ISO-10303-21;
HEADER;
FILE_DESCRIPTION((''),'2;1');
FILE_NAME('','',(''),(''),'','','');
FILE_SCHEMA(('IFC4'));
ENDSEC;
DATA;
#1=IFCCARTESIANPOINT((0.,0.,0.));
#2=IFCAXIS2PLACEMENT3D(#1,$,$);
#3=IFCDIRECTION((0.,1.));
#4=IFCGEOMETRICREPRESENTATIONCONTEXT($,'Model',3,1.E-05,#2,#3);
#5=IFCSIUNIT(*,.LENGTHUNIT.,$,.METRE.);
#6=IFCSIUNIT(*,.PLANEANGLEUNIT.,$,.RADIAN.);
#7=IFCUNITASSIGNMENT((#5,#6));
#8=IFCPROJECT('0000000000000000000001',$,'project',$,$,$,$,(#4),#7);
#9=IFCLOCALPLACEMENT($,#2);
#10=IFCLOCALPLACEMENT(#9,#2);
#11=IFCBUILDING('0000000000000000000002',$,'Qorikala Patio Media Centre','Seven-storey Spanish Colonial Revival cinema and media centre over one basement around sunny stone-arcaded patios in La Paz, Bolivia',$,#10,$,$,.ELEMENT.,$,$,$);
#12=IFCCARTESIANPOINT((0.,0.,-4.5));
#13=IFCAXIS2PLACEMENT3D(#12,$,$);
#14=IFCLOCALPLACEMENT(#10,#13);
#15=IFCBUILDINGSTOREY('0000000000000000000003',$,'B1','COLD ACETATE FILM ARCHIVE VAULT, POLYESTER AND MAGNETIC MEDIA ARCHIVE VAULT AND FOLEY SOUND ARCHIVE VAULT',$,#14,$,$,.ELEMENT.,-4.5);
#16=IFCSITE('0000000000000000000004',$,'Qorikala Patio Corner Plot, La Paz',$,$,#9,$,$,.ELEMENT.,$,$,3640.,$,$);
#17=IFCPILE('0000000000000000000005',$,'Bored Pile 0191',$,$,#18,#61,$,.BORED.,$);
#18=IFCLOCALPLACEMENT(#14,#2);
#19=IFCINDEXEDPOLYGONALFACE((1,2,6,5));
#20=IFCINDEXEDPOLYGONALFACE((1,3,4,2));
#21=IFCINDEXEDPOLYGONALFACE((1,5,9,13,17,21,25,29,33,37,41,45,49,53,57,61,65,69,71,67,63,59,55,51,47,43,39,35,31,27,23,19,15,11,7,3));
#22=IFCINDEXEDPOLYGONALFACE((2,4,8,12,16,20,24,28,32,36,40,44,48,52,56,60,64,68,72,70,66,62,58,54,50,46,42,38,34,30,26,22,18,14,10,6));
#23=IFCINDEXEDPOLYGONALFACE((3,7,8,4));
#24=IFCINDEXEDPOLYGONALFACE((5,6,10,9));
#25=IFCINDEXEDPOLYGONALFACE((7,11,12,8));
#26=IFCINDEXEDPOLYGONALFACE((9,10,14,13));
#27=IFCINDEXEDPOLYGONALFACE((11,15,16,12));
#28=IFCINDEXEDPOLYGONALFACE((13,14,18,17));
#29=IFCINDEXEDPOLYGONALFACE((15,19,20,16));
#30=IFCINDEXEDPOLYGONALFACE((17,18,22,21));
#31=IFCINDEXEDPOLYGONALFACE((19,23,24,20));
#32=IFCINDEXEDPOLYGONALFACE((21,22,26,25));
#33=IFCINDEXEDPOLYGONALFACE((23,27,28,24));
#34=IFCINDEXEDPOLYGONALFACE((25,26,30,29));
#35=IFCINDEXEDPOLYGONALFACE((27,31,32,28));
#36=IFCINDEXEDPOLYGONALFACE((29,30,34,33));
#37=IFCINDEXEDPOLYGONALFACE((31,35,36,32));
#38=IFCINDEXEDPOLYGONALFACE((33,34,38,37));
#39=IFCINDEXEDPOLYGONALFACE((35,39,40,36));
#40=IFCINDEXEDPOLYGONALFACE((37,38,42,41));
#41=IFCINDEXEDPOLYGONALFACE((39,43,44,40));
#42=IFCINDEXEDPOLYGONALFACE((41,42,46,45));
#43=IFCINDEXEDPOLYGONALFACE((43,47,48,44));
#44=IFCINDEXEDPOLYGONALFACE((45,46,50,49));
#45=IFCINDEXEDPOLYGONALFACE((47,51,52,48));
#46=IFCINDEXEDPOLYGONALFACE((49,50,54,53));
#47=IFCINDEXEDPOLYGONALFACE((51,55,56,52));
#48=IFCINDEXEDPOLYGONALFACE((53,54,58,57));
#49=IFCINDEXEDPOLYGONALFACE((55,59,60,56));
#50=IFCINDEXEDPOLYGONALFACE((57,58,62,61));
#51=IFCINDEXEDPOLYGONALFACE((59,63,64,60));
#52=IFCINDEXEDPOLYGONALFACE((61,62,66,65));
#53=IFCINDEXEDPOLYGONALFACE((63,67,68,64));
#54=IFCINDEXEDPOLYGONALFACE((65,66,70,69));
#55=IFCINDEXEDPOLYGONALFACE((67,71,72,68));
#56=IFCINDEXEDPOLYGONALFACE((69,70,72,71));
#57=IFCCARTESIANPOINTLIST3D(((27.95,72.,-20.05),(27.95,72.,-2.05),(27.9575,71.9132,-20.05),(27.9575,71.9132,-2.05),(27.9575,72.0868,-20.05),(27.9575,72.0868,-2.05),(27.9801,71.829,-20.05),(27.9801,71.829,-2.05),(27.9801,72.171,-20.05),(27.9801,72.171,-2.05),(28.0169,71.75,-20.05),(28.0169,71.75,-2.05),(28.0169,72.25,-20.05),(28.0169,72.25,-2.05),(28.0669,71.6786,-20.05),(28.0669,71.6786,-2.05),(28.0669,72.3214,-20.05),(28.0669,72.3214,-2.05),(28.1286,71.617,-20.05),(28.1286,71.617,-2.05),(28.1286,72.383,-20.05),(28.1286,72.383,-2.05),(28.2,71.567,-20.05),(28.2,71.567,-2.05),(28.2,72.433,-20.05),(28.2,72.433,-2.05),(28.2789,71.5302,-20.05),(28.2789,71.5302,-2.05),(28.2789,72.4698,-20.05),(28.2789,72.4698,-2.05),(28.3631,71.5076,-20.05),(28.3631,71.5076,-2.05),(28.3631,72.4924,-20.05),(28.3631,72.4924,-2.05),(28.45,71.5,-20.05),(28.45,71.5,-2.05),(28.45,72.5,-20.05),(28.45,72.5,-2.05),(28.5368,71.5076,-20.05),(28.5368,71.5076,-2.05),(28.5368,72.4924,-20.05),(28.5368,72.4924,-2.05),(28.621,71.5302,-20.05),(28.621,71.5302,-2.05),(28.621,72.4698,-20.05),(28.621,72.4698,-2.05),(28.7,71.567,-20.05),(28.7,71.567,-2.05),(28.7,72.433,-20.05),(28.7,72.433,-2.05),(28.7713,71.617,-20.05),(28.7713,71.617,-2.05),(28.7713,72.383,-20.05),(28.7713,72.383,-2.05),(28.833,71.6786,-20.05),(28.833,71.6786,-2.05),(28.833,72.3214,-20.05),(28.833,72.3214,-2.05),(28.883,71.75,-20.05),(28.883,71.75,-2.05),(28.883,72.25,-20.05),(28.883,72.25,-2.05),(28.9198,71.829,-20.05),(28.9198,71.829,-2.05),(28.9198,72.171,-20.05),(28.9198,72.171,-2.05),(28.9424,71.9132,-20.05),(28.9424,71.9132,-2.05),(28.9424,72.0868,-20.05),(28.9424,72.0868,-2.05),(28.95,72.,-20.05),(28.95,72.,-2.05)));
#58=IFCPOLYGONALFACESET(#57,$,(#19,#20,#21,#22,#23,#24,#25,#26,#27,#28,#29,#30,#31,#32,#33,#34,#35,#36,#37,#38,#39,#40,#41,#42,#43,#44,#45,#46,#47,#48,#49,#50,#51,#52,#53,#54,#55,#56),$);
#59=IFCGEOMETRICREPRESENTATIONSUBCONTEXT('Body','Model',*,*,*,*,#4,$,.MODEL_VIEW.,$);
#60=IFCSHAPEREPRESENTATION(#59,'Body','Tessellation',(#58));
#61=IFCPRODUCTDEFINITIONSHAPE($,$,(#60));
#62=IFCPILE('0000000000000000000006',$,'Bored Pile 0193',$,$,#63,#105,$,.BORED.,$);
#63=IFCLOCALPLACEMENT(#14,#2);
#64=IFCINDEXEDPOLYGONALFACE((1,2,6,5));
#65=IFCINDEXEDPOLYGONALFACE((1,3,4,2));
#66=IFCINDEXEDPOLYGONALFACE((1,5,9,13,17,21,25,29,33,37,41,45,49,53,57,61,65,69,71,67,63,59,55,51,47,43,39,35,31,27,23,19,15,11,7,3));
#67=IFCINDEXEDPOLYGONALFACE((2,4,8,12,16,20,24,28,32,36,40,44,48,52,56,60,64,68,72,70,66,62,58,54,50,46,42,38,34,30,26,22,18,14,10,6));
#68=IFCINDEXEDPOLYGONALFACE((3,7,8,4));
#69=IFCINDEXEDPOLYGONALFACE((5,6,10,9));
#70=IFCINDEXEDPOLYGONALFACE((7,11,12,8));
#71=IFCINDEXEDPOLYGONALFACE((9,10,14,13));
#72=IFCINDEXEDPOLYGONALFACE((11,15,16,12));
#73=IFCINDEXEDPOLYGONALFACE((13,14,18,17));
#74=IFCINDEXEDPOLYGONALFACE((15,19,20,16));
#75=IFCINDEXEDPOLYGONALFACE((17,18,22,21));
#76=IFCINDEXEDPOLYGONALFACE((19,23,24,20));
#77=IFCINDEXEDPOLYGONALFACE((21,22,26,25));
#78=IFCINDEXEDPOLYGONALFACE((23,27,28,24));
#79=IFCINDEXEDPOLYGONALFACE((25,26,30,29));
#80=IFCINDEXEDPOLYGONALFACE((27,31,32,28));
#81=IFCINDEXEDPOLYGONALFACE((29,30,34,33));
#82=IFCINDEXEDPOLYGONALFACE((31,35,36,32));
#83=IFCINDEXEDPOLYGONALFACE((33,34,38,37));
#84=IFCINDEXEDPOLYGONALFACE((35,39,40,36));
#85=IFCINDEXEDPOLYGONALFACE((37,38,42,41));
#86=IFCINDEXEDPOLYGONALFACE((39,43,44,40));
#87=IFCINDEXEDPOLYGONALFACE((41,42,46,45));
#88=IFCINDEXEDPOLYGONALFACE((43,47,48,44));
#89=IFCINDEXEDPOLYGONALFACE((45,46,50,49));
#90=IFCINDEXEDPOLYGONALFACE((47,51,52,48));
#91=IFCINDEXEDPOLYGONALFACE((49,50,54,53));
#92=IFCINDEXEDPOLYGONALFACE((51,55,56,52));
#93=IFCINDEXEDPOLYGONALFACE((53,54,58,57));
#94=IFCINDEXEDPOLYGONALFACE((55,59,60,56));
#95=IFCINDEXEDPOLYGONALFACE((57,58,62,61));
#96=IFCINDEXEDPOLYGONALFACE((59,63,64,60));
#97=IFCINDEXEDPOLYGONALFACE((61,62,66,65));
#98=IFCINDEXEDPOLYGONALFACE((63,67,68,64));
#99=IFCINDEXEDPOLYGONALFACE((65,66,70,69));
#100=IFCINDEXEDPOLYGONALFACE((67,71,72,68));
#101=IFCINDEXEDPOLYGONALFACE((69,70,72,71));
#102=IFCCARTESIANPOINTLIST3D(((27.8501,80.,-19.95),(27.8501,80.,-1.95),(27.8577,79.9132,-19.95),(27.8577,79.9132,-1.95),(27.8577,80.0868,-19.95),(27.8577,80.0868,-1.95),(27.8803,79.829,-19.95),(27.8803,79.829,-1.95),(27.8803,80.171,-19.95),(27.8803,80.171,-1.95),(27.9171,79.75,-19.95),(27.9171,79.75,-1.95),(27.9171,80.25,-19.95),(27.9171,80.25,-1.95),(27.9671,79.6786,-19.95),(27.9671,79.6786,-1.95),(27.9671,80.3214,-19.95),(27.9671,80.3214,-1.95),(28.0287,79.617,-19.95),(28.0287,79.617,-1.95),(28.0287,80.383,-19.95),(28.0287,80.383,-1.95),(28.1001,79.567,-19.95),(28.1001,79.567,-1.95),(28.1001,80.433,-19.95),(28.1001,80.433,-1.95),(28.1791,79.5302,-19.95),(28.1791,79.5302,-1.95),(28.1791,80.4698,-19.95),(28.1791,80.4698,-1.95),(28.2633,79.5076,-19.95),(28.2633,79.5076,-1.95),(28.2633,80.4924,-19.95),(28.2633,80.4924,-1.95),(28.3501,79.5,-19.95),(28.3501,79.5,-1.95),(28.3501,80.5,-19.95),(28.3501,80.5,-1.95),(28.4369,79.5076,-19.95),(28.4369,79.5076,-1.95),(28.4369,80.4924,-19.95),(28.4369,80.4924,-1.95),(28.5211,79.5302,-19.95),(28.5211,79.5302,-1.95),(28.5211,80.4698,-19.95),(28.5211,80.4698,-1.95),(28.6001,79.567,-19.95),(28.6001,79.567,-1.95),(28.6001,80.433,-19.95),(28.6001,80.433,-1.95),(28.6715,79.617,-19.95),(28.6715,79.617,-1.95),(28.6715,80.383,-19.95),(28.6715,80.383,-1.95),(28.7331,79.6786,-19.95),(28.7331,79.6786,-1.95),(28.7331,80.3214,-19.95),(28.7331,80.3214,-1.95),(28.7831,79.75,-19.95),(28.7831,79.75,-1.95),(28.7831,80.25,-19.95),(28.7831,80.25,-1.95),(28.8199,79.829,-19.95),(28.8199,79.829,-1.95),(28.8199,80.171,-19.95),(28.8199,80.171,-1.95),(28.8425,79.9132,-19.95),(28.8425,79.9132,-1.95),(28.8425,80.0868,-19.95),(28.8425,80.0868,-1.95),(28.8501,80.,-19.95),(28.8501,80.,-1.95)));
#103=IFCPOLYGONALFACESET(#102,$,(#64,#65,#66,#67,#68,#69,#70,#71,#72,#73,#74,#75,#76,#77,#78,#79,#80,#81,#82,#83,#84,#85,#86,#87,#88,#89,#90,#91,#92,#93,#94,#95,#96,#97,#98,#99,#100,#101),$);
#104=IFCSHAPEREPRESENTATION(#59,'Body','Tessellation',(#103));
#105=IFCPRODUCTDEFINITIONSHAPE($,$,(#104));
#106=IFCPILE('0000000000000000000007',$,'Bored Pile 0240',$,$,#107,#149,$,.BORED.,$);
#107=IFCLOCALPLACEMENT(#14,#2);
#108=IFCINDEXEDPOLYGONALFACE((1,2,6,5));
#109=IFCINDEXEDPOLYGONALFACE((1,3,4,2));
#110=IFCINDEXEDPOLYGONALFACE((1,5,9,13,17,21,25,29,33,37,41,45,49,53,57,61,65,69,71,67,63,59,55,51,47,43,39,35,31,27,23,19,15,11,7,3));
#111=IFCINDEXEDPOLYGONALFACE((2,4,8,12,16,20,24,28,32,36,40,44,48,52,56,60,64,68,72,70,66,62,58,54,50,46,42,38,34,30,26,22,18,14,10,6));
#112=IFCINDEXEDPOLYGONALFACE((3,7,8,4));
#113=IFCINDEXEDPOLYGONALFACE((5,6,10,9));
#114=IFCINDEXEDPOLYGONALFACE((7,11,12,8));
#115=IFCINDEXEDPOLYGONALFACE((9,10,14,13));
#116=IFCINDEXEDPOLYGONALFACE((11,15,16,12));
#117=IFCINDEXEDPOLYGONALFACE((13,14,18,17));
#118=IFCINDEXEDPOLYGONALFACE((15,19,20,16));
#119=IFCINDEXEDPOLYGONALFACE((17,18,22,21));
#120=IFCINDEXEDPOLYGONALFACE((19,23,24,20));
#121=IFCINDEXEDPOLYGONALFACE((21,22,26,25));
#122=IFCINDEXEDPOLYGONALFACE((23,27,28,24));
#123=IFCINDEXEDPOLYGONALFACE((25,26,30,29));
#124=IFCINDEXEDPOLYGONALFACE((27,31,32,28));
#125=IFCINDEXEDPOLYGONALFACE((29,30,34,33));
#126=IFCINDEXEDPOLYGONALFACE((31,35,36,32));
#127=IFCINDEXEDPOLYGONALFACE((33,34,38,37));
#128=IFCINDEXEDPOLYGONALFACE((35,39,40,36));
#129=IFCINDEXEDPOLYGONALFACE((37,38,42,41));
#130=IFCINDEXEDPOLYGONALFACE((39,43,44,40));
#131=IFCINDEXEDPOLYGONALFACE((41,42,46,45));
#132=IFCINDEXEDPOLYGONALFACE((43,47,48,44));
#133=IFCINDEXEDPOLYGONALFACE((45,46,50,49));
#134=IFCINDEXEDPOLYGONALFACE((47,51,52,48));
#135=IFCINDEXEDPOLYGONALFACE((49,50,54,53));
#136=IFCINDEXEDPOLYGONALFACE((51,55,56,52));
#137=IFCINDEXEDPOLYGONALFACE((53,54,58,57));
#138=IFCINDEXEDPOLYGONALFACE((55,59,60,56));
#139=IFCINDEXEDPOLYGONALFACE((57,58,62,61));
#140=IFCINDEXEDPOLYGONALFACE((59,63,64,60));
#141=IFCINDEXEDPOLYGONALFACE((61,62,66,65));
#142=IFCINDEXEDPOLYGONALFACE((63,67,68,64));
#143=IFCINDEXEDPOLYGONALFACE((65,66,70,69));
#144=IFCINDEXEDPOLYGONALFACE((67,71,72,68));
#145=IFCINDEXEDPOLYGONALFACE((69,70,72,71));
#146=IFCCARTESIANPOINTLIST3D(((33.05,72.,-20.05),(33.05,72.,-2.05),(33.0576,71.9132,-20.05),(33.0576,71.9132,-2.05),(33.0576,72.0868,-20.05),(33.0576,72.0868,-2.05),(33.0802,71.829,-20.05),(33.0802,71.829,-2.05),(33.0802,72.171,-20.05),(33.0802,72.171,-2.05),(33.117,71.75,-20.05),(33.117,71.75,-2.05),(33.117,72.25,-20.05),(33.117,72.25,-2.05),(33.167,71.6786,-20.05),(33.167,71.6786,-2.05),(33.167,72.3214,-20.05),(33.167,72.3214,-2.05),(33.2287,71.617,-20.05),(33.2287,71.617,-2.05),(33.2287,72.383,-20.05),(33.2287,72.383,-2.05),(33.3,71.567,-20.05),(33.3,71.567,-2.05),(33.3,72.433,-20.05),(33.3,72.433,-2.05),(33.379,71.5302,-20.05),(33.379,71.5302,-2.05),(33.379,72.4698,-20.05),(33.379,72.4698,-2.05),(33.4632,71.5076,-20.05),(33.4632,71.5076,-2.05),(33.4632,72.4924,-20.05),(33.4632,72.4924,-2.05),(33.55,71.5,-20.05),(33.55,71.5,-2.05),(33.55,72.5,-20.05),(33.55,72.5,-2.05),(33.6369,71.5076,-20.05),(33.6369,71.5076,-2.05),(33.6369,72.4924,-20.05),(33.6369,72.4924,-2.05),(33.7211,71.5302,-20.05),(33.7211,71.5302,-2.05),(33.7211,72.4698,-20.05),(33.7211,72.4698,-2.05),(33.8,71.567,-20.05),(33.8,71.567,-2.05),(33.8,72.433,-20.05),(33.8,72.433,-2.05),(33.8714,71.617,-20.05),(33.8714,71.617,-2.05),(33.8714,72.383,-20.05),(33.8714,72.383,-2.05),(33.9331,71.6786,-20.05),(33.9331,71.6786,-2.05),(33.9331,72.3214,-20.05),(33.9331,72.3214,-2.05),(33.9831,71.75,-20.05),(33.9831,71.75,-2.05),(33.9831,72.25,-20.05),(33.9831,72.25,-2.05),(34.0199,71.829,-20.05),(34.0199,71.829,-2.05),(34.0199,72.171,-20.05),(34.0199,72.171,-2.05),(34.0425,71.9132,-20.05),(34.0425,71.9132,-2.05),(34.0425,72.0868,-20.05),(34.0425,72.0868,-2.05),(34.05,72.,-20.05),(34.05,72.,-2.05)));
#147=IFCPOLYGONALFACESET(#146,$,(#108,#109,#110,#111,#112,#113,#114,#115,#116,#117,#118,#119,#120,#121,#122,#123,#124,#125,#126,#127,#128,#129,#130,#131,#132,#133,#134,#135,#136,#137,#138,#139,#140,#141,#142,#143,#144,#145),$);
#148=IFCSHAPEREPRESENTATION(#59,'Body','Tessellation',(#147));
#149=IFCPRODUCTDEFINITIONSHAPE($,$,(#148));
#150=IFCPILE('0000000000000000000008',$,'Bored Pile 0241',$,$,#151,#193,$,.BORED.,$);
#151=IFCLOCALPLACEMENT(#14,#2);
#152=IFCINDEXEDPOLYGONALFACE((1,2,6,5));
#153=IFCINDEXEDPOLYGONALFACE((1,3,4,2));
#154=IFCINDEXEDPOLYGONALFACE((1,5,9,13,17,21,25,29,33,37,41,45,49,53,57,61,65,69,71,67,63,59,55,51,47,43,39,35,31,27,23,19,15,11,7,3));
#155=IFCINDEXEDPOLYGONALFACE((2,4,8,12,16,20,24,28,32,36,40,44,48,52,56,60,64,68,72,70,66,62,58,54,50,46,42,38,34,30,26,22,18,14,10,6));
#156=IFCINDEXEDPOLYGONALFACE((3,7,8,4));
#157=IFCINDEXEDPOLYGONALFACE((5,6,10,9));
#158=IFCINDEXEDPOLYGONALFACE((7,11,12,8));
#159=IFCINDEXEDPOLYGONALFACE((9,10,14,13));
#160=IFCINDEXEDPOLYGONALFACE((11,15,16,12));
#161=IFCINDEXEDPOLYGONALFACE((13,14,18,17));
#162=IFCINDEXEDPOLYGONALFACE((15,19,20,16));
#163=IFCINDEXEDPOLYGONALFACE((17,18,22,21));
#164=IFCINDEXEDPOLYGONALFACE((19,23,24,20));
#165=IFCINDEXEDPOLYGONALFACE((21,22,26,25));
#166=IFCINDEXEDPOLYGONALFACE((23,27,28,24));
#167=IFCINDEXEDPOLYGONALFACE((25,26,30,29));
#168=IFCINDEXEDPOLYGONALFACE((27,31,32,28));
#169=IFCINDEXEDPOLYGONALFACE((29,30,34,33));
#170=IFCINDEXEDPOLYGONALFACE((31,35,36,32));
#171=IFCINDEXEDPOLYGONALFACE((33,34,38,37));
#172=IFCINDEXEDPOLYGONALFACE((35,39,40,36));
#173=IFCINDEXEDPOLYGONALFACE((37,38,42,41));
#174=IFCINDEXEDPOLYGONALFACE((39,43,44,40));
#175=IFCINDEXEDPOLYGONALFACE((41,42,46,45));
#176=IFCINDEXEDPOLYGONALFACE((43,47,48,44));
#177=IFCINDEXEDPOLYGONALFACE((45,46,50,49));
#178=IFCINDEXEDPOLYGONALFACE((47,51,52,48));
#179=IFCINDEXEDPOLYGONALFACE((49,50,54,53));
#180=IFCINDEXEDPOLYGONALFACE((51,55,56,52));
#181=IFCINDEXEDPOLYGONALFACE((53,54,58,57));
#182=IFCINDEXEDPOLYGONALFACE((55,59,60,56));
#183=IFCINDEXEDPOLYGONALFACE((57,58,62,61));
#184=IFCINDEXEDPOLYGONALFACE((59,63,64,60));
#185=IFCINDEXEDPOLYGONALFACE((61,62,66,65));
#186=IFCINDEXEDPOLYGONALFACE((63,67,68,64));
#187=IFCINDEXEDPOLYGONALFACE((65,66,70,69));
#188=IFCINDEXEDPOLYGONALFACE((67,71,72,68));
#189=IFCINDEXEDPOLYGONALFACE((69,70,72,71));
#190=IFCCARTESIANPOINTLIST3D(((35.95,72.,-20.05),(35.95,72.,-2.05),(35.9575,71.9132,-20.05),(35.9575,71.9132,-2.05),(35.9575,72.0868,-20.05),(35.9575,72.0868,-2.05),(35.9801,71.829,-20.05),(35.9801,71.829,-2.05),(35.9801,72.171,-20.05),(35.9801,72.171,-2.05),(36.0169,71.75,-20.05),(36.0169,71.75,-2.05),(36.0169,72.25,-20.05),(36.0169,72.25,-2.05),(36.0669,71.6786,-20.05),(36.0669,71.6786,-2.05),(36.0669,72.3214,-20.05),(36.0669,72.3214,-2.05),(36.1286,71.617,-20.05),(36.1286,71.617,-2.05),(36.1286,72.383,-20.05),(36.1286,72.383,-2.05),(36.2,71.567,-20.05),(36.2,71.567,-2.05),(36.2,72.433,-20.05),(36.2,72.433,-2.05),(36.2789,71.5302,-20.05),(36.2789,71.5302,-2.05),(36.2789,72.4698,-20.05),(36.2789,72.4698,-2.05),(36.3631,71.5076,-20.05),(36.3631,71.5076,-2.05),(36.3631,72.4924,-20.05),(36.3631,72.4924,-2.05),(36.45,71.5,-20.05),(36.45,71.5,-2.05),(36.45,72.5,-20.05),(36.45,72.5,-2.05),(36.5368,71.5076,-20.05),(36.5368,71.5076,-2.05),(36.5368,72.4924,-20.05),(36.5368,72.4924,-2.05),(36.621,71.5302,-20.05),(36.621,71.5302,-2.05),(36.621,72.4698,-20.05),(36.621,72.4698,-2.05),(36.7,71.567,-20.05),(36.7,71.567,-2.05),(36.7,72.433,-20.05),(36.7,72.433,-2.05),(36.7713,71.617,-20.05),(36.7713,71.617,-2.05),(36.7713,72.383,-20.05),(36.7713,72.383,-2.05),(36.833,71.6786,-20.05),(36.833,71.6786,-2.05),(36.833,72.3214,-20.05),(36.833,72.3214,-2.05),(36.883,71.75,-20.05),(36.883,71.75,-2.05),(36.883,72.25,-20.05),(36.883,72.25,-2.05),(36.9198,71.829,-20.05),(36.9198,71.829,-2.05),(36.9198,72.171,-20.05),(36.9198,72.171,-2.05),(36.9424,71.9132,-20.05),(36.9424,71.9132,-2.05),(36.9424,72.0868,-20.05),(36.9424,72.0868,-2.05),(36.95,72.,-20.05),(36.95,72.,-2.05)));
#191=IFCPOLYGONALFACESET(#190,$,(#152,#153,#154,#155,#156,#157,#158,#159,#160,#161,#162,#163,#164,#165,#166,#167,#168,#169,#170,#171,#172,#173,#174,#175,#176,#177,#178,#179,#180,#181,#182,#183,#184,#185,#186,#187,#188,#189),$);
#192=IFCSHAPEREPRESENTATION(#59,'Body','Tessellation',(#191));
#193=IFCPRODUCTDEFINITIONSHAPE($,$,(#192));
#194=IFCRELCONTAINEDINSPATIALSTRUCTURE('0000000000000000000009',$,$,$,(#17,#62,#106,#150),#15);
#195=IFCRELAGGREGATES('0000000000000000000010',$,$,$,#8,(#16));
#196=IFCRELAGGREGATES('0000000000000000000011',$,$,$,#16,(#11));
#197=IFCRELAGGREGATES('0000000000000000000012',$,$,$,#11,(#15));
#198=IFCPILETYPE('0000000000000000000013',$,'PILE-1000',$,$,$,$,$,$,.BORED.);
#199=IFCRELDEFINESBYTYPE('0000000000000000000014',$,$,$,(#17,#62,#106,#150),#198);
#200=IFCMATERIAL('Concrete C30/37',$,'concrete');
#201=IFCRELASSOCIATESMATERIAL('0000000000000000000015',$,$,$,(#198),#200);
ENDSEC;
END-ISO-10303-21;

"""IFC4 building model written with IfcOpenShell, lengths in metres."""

from ifc_helpers import new_model, si_unit, direction, frame, origin, origin_2d, place, context, subcontext, project, spatial, circle, extrude, material, material_profile, profile_set, type_object, element, save


model = new_model("IFC4")

# Units and contexts
model_context = context("Model", 3, precision=1e-05, world=origin(), true_north=direction((0.0, 1.0)))
body_context = subcontext(model_context, "Body", "Model", "MODEL_VIEW")
ifc_project = project(units=[si_unit("LENGTHUNIT", "METRE"), si_unit("PLANEANGLEUNIT", "RADIAN")], contexts=[model_context])

# Site, building, storey
site_placement = place(None, origin())
site = spatial("IfcSite", under=ifc_project, at=site_placement, Name="Qorikala Patio Corner Plot, La Paz", CompositionType="ELEMENT", RefElevation=3640.0)
building_placement = place(site_placement, origin())
building = spatial("IfcBuilding", under=site, at=building_placement, Name="Qorikala Patio Media Centre", Description="Seven-storey Spanish Colonial Revival cinema and media centre over one basement around sunny stone-arcaded patios in La Paz, Bolivia", CompositionType="ELEMENT")
storey_placement = place(building_placement, frame((0.0, 0.0, -4.5)))
storey = spatial("IfcBuildingStorey", under=building, at=storey_placement, Name="B1", Description="COLD ACETATE FILM ARCHIVE VAULT, POLYESTER AND MAGNETIC MEDIA ARCHIVE VAULT AND FOLEY SOUND ARCHIVE VAULT", CompositionType="ELEMENT", Elevation=-4.5)

# Shared definitions
ifc_material_1 = material(Name="Concrete C30/37", Category="concrete")

# Piles
ifc_material_profile_1 = material_profile(ifc_material_1, circle(Radius=0.5, at=origin_2d()), Name="BORED PILE 1000")
ifc_profile_set_1 = profile_set([ifc_material_profile_1], Name="Concrete C30/37")
pile_type_1 = type_object("IfcPileType", Name="PILE-1000", PredefinedType="BORED", material=ifc_profile_set_1)
for number, where, z_axis, x_axis, name in (
    (1, (28.45, 72.0, -2.05), (0.0, 0.0, -1.0), (1.0, 0.0, 0.0), "Bored Pile 0191"),
    (2, (28.3501, 80.0, -1.95), (0.0, 0.0, -1.0), (1.0, 0.0, 0.0), "Bored Pile 0193"),
    (3, (33.55, 72.0, -2.05), (0.0, 0.0, -1.0), (1.0, 0.0, 0.0), "Bored Pile 0240"),
    (4, (36.45, 72.0, -2.05), (0.0, 0.0, -1.0), (1.0, 0.0, 0.0), "Bored Pile 0241"),
):
    element("IfcPile", number, at=place(storey_placement, frame(where, z_axis=z_axis, x_axis=x_axis)), inside=storey, type_object=pile_type_1, Name=name, PredefinedType="BORED", context=body_context, shape_type="SweptSolid", body=[
        extrude(circle(Radius=0.5, at=origin_2d()), origin(), (0.0, 0.0, 1.0), 18.0),
    ])

save(model, "model.ifc")
